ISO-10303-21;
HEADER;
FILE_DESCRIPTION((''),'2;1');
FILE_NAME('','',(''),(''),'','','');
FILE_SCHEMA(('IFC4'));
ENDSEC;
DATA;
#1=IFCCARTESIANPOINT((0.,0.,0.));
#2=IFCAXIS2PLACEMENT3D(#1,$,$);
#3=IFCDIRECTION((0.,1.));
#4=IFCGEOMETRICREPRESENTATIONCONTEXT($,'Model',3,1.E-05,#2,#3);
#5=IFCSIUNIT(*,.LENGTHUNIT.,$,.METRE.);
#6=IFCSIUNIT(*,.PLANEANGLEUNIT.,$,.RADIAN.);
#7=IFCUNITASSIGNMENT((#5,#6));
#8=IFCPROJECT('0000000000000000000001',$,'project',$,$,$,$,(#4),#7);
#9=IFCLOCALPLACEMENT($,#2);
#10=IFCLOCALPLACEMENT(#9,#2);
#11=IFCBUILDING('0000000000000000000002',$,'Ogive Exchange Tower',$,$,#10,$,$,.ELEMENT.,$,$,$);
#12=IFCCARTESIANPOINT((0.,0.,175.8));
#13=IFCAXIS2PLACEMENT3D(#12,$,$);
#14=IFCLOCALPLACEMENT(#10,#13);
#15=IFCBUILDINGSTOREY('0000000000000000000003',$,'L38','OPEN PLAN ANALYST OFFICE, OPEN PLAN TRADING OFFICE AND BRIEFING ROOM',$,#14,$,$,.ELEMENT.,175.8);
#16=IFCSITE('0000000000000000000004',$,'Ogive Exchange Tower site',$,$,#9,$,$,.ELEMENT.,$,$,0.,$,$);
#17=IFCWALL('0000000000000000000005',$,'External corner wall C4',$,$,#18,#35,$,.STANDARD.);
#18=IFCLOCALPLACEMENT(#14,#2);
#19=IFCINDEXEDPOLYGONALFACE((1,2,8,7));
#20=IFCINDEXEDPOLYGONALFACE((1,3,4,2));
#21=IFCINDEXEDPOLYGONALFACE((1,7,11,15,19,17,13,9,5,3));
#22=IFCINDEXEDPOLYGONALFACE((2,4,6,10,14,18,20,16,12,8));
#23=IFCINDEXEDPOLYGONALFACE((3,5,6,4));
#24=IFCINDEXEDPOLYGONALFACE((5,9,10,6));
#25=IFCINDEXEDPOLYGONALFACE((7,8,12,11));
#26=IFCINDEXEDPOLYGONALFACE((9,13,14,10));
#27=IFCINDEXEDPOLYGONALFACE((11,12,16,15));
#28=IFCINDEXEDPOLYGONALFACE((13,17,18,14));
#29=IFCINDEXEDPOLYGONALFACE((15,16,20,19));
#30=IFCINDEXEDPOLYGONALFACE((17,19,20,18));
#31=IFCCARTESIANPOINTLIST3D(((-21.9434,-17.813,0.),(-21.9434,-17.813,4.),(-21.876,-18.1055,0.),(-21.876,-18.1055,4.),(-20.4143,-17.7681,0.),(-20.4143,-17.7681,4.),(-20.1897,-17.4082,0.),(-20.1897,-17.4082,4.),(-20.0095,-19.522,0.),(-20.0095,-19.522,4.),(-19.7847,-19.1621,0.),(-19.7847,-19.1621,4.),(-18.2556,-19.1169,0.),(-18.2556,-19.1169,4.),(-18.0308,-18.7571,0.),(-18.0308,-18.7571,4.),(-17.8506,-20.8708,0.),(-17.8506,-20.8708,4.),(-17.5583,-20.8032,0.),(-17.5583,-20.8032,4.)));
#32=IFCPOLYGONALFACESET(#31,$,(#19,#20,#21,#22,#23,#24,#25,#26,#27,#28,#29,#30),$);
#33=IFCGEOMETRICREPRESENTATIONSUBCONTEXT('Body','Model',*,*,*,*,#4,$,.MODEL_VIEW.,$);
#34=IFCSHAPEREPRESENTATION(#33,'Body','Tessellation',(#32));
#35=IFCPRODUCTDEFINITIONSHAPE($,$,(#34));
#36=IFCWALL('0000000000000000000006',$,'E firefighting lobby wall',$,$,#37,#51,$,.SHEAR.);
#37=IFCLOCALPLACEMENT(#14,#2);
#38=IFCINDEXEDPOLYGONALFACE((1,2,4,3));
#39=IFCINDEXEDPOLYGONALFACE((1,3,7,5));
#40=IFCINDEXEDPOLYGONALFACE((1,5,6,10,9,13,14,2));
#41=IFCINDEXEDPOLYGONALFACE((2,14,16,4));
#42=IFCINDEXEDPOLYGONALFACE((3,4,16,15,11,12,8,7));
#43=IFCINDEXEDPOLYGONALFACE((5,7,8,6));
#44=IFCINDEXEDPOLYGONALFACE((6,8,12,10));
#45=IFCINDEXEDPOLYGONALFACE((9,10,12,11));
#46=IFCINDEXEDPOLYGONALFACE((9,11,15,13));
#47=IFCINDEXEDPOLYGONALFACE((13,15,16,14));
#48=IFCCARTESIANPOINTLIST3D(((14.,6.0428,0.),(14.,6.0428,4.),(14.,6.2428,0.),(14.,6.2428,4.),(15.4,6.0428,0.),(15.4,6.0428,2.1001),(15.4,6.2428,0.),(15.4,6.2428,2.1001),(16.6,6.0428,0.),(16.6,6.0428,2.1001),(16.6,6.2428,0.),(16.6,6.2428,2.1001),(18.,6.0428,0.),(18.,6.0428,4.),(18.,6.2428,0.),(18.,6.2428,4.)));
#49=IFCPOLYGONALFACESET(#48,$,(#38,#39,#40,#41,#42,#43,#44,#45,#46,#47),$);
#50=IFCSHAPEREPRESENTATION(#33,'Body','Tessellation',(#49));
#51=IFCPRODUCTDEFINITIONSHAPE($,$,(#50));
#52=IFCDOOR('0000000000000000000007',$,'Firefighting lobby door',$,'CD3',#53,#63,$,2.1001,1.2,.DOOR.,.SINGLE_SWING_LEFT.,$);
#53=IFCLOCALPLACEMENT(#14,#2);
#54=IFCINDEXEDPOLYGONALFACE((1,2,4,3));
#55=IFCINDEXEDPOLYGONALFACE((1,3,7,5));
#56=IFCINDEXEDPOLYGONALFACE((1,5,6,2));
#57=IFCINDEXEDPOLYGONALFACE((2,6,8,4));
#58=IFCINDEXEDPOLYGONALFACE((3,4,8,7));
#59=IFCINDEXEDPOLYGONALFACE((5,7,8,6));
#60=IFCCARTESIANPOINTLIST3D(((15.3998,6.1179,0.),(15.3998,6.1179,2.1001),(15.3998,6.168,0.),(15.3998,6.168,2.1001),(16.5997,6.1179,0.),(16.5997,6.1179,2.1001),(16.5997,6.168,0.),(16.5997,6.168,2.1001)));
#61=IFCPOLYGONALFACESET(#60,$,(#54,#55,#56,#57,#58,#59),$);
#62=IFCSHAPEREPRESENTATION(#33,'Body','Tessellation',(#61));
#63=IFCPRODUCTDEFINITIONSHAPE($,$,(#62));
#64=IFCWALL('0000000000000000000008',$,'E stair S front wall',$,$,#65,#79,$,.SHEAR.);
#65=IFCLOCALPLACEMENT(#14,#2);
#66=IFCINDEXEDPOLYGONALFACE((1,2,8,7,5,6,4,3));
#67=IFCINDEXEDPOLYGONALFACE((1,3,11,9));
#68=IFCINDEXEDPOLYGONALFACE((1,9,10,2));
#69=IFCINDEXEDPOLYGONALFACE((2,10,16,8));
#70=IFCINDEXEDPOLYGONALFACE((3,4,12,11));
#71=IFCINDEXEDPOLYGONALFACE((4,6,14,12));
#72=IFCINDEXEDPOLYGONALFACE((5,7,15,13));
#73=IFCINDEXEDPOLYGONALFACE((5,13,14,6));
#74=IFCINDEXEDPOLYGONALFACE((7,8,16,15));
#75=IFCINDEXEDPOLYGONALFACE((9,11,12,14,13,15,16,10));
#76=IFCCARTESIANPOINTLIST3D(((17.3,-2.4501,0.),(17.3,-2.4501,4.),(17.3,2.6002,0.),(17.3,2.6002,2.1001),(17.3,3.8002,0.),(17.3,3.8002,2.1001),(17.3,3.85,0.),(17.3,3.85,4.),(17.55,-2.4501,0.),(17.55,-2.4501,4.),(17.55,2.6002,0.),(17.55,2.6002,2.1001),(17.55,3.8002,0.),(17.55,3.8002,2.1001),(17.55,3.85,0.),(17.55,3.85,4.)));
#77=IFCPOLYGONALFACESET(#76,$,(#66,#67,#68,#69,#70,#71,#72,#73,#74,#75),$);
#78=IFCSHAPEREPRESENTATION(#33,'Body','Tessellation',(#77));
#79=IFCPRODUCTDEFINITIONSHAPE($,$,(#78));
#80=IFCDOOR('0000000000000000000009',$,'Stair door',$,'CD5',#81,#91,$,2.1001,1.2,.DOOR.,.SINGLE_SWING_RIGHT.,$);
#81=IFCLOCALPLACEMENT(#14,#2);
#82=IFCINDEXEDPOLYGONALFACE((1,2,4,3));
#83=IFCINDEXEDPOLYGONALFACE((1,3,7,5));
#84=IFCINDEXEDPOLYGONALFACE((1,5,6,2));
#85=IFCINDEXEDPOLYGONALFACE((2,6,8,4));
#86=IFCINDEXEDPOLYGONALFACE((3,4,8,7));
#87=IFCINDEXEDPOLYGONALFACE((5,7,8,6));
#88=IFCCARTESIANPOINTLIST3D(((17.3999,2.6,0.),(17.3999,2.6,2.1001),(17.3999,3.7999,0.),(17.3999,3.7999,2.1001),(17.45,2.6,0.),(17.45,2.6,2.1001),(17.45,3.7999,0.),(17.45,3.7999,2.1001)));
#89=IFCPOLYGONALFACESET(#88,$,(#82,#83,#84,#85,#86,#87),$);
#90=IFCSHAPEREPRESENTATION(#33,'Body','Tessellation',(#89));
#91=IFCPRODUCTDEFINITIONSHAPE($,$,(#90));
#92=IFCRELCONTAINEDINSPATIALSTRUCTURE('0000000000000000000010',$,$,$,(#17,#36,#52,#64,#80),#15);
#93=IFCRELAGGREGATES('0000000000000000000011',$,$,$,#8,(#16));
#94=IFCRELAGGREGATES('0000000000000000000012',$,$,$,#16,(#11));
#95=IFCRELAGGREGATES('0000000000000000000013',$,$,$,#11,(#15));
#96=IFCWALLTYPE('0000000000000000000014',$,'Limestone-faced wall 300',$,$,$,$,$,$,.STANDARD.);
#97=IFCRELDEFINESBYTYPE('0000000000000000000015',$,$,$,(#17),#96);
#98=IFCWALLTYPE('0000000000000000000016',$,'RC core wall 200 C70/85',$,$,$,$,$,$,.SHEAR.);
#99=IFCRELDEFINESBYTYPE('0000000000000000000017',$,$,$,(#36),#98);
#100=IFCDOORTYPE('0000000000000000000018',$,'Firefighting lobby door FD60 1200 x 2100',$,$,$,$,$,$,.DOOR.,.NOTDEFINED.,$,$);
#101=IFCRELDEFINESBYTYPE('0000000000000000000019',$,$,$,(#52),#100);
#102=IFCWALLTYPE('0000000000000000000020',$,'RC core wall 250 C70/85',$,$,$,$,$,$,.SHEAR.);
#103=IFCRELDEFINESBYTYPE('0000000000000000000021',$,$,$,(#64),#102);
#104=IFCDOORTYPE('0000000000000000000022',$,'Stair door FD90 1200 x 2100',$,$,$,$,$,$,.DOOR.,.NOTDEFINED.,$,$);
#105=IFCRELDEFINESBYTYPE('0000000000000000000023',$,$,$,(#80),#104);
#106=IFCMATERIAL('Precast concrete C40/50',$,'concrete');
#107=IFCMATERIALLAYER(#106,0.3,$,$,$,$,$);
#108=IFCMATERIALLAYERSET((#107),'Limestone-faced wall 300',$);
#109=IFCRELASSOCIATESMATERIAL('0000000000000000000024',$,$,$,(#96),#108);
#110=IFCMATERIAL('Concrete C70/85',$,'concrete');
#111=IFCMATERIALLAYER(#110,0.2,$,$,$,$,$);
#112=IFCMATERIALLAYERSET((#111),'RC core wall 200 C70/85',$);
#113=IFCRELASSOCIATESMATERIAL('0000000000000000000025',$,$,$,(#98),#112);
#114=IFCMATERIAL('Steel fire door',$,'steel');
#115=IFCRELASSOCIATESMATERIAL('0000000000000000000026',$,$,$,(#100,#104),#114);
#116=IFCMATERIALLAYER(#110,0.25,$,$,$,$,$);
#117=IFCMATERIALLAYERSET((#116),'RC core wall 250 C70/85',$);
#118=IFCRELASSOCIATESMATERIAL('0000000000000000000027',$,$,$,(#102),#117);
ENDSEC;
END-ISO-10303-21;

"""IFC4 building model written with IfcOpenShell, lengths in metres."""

from ifc_helpers import new_model, si_unit, direction, frame, frame_2d, origin, place, context, subcontext, project, spatial, polyline, rectangle, outline, extrude, material, layer, layer_set, type_object, element, fill, save


model = new_model("IFC4")

# Units and contexts
model_context = context("Model", 3, precision=1e-05, world=origin(), true_north=direction((0.0, 1.0)))
body_context = subcontext(model_context, "Body", "Model", "MODEL_VIEW")
ifc_project = project(units=[si_unit("LENGTHUNIT", "METRE"), si_unit("PLANEANGLEUNIT", "RADIAN")], contexts=[model_context])

# Site, building, storey
site_placement = place(None, origin())
site = spatial("IfcSite", under=ifc_project, at=site_placement, Name="Ogive Exchange Tower site", CompositionType="ELEMENT", RefElevation=0.0)
building_placement = place(site_placement, origin())
building = spatial("IfcBuilding", under=site, at=building_placement, Name="Ogive Exchange Tower", CompositionType="ELEMENT")
storey_placement = place(building_placement, frame((0.0, 0.0, 175.8)))
storey = spatial("IfcBuildingStorey", under=building, at=storey_placement, Name="L38", Description="OPEN PLAN ANALYST OFFICE, OPEN PLAN TRADING OFFICE AND BRIEFING ROOM", CompositionType="ELEMENT", Elevation=175.8)

# Shared definitions
ifc_material_1 = material(Name="Concrete C70/85", Category="concrete")

# Wall
ifc_material_2 = material(Name="Precast concrete C40/50", Category="concrete")
ifc_layer_1 = layer(ifc_material_2, 0.3)
ifc_layer_set_1 = layer_set([ifc_layer_1], Name="Limestone-faced wall 300")
wall_type_1 = type_object("IfcWallType", Name="Limestone-faced wall 300", PredefinedType="STANDARD", material=ifc_layer_set_1)
wall_1_placement = place(storey_placement, origin())
element("IfcWall", 1, at=wall_1_placement, inside=storey, type_object=wall_type_1, Name="External corner wall C4", PredefinedType="STANDARD", context=body_context, shape_type="SweptSolid", body=[
    extrude(outline(polyline([(-18.2556, -19.1169), (-20.0095, -19.522), (-20.4143, -17.7681), (-21.876, -18.1055), (-21.9434, -17.813), (-20.1897, -17.4082), (-19.7847, -19.1621), (-18.0308, -18.7571), (-17.5583, -20.8032), (-17.8506, -20.8708), (-18.2556, -19.1169)])), origin(), (0.0, 0.0, 1.0), 4.0),
])

# Walls, openings, doors
ifc_layer_2 = layer(ifc_material_1, 0.2)
ifc_layer_set_2 = layer_set([ifc_layer_2], Name="RC core wall 200 C70/85")
wall_type_2 = type_object("IfcWallType", Name="RC core wall 200 C70/85", PredefinedType="SHEAR", material=ifc_layer_set_2)
wall_2_placement = place(storey_placement, frame((14.0, 6.1428, 0.0), z_axis=(0.0, 0.0, 1.0), x_axis=(1.0, 0.0, 0.0)))
wall_2 = element("IfcWall", 2, at=wall_2_placement, inside=storey, type_object=wall_type_2, Name="E firefighting lobby wall", PredefinedType="SHEAR", context=body_context, shape_type="SweptSolid", body=[
    extrude(rectangle(XDim=4.0, YDim=0.2, at=frame_2d((2.0, 0.0))), origin(), (0.0, 0.0, 1.0), 4.0),
])
opening_1_placement = place(wall_2_placement, frame((1.3999, 0.0, 0.0)))
opening_1 = element("IfcOpeningElement", 3, at=opening_1_placement, cuts=wall_2, PredefinedType="OPENING", context=body_context, shape_type="SweptSolid", body=[
    extrude(rectangle(XDim=1.2, YDim=2.1001, at=frame_2d((0.6001, 1.05))), frame((0.0, 0.1099, 0.0), z_axis=(0.0, -1.0, 0.0), x_axis=(1.0, 0.0, 0.0)), (0.0, 0.0, 1.0), 0.22),
])
ifc_material_3 = material(Name="Steel fire door", Category="steel")
door_type_1 = type_object("IfcDoorType", Name="Firefighting lobby door FD60 1200 x 2100", OperationType="NOTDEFINED", PredefinedType="DOOR", material=ifc_material_3)
door_1_placement = place(opening_1_placement, frame((1.2, 0.0, 0.0), z_axis=(0.0, 0.0, 1.0), x_axis=(-1.0, 0.0, 0.0)))
door_1 = element("IfcDoor", 4, at=door_1_placement, inside=storey, type_object=door_type_1, Name="Firefighting lobby door", ObjectType="CD3", OperationType="SINGLE_SWING_LEFT", OverallHeight=2.1001, OverallWidth=1.2, PredefinedType="DOOR", context=body_context, shape_type="SweptSolid", body=[
    extrude(rectangle(XDim=1.2, YDim=2.1001, at=frame_2d((0.6001, 1.05))), frame((0.0, 0.0249, 0.0), z_axis=(0.0, -1.0, 0.0), x_axis=(1.0, 0.0, 0.0)), (0.0, 0.0, 1.0), 0.05),
])
fill(opening_1, door_1)
ifc_layer_3 = layer(ifc_material_1, 0.25)
ifc_layer_set_3 = layer_set([ifc_layer_3], Name="RC core wall 250 C70/85")
wall_type_3 = type_object("IfcWallType", Name="RC core wall 250 C70/85", PredefinedType="SHEAR", material=ifc_layer_set_3)
wall_3_placement = place(storey_placement, frame((17.425, -2.45, 0.0), z_axis=(0.0, 0.0, 1.0), x_axis=(0.0, 1.0, 0.0)))
wall_3 = element("IfcWall", 5, at=wall_3_placement, inside=storey, type_object=wall_type_3, Name="E stair S front wall", PredefinedType="SHEAR", context=body_context, shape_type="SweptSolid", body=[
    extrude(rectangle(XDim=6.3, YDim=0.25, at=frame_2d((3.1499, 0.0))), origin(), (0.0, 0.0, 1.0), 4.0),
])
opening_2_placement = place(wall_3_placement, frame((5.05, 0.0, 0.0)))
opening_2 = element("IfcOpeningElement", 6, at=opening_2_placement, cuts=wall_3, PredefinedType="OPENING", context=body_context, shape_type="SweptSolid", body=[
    extrude(rectangle(XDim=1.2, YDim=2.1001, at=frame_2d((0.6001, 1.05))), frame((0.0, 0.135, 0.0), z_axis=(0.0, -1.0, 0.0), x_axis=(1.0, 0.0, 0.0)), (0.0, 0.0, 1.0), 0.27),
])
door_type_2 = type_object("IfcDoorType", Name="Stair door FD90 1200 x 2100", OperationType="NOTDEFINED", PredefinedType="DOOR", material=ifc_material_3)
door_2_placement = place(opening_2_placement, frame((1.2, 0.0, 0.0), z_axis=(0.0, 0.0, 1.0), x_axis=(-1.0, 0.0, 0.0)))
door_2 = element("IfcDoor", 7, at=door_2_placement, inside=storey, type_object=door_type_2, Name="Stair door", ObjectType="CD5", OperationType="SINGLE_SWING_RIGHT", OverallHeight=2.1001, OverallWidth=1.2, PredefinedType="DOOR", context=body_context, shape_type="SweptSolid", body=[
    extrude(rectangle(XDim=1.2, YDim=2.1001, at=frame_2d((0.6001, 1.05))), frame((0.0, 0.0249, 0.0), z_axis=(0.0, -1.0, 0.0), x_axis=(1.0, 0.0, 0.0)), (0.0, 0.0, 1.0), 0.05),
])
fill(opening_2, door_2)

save(model, "model.ifc")
